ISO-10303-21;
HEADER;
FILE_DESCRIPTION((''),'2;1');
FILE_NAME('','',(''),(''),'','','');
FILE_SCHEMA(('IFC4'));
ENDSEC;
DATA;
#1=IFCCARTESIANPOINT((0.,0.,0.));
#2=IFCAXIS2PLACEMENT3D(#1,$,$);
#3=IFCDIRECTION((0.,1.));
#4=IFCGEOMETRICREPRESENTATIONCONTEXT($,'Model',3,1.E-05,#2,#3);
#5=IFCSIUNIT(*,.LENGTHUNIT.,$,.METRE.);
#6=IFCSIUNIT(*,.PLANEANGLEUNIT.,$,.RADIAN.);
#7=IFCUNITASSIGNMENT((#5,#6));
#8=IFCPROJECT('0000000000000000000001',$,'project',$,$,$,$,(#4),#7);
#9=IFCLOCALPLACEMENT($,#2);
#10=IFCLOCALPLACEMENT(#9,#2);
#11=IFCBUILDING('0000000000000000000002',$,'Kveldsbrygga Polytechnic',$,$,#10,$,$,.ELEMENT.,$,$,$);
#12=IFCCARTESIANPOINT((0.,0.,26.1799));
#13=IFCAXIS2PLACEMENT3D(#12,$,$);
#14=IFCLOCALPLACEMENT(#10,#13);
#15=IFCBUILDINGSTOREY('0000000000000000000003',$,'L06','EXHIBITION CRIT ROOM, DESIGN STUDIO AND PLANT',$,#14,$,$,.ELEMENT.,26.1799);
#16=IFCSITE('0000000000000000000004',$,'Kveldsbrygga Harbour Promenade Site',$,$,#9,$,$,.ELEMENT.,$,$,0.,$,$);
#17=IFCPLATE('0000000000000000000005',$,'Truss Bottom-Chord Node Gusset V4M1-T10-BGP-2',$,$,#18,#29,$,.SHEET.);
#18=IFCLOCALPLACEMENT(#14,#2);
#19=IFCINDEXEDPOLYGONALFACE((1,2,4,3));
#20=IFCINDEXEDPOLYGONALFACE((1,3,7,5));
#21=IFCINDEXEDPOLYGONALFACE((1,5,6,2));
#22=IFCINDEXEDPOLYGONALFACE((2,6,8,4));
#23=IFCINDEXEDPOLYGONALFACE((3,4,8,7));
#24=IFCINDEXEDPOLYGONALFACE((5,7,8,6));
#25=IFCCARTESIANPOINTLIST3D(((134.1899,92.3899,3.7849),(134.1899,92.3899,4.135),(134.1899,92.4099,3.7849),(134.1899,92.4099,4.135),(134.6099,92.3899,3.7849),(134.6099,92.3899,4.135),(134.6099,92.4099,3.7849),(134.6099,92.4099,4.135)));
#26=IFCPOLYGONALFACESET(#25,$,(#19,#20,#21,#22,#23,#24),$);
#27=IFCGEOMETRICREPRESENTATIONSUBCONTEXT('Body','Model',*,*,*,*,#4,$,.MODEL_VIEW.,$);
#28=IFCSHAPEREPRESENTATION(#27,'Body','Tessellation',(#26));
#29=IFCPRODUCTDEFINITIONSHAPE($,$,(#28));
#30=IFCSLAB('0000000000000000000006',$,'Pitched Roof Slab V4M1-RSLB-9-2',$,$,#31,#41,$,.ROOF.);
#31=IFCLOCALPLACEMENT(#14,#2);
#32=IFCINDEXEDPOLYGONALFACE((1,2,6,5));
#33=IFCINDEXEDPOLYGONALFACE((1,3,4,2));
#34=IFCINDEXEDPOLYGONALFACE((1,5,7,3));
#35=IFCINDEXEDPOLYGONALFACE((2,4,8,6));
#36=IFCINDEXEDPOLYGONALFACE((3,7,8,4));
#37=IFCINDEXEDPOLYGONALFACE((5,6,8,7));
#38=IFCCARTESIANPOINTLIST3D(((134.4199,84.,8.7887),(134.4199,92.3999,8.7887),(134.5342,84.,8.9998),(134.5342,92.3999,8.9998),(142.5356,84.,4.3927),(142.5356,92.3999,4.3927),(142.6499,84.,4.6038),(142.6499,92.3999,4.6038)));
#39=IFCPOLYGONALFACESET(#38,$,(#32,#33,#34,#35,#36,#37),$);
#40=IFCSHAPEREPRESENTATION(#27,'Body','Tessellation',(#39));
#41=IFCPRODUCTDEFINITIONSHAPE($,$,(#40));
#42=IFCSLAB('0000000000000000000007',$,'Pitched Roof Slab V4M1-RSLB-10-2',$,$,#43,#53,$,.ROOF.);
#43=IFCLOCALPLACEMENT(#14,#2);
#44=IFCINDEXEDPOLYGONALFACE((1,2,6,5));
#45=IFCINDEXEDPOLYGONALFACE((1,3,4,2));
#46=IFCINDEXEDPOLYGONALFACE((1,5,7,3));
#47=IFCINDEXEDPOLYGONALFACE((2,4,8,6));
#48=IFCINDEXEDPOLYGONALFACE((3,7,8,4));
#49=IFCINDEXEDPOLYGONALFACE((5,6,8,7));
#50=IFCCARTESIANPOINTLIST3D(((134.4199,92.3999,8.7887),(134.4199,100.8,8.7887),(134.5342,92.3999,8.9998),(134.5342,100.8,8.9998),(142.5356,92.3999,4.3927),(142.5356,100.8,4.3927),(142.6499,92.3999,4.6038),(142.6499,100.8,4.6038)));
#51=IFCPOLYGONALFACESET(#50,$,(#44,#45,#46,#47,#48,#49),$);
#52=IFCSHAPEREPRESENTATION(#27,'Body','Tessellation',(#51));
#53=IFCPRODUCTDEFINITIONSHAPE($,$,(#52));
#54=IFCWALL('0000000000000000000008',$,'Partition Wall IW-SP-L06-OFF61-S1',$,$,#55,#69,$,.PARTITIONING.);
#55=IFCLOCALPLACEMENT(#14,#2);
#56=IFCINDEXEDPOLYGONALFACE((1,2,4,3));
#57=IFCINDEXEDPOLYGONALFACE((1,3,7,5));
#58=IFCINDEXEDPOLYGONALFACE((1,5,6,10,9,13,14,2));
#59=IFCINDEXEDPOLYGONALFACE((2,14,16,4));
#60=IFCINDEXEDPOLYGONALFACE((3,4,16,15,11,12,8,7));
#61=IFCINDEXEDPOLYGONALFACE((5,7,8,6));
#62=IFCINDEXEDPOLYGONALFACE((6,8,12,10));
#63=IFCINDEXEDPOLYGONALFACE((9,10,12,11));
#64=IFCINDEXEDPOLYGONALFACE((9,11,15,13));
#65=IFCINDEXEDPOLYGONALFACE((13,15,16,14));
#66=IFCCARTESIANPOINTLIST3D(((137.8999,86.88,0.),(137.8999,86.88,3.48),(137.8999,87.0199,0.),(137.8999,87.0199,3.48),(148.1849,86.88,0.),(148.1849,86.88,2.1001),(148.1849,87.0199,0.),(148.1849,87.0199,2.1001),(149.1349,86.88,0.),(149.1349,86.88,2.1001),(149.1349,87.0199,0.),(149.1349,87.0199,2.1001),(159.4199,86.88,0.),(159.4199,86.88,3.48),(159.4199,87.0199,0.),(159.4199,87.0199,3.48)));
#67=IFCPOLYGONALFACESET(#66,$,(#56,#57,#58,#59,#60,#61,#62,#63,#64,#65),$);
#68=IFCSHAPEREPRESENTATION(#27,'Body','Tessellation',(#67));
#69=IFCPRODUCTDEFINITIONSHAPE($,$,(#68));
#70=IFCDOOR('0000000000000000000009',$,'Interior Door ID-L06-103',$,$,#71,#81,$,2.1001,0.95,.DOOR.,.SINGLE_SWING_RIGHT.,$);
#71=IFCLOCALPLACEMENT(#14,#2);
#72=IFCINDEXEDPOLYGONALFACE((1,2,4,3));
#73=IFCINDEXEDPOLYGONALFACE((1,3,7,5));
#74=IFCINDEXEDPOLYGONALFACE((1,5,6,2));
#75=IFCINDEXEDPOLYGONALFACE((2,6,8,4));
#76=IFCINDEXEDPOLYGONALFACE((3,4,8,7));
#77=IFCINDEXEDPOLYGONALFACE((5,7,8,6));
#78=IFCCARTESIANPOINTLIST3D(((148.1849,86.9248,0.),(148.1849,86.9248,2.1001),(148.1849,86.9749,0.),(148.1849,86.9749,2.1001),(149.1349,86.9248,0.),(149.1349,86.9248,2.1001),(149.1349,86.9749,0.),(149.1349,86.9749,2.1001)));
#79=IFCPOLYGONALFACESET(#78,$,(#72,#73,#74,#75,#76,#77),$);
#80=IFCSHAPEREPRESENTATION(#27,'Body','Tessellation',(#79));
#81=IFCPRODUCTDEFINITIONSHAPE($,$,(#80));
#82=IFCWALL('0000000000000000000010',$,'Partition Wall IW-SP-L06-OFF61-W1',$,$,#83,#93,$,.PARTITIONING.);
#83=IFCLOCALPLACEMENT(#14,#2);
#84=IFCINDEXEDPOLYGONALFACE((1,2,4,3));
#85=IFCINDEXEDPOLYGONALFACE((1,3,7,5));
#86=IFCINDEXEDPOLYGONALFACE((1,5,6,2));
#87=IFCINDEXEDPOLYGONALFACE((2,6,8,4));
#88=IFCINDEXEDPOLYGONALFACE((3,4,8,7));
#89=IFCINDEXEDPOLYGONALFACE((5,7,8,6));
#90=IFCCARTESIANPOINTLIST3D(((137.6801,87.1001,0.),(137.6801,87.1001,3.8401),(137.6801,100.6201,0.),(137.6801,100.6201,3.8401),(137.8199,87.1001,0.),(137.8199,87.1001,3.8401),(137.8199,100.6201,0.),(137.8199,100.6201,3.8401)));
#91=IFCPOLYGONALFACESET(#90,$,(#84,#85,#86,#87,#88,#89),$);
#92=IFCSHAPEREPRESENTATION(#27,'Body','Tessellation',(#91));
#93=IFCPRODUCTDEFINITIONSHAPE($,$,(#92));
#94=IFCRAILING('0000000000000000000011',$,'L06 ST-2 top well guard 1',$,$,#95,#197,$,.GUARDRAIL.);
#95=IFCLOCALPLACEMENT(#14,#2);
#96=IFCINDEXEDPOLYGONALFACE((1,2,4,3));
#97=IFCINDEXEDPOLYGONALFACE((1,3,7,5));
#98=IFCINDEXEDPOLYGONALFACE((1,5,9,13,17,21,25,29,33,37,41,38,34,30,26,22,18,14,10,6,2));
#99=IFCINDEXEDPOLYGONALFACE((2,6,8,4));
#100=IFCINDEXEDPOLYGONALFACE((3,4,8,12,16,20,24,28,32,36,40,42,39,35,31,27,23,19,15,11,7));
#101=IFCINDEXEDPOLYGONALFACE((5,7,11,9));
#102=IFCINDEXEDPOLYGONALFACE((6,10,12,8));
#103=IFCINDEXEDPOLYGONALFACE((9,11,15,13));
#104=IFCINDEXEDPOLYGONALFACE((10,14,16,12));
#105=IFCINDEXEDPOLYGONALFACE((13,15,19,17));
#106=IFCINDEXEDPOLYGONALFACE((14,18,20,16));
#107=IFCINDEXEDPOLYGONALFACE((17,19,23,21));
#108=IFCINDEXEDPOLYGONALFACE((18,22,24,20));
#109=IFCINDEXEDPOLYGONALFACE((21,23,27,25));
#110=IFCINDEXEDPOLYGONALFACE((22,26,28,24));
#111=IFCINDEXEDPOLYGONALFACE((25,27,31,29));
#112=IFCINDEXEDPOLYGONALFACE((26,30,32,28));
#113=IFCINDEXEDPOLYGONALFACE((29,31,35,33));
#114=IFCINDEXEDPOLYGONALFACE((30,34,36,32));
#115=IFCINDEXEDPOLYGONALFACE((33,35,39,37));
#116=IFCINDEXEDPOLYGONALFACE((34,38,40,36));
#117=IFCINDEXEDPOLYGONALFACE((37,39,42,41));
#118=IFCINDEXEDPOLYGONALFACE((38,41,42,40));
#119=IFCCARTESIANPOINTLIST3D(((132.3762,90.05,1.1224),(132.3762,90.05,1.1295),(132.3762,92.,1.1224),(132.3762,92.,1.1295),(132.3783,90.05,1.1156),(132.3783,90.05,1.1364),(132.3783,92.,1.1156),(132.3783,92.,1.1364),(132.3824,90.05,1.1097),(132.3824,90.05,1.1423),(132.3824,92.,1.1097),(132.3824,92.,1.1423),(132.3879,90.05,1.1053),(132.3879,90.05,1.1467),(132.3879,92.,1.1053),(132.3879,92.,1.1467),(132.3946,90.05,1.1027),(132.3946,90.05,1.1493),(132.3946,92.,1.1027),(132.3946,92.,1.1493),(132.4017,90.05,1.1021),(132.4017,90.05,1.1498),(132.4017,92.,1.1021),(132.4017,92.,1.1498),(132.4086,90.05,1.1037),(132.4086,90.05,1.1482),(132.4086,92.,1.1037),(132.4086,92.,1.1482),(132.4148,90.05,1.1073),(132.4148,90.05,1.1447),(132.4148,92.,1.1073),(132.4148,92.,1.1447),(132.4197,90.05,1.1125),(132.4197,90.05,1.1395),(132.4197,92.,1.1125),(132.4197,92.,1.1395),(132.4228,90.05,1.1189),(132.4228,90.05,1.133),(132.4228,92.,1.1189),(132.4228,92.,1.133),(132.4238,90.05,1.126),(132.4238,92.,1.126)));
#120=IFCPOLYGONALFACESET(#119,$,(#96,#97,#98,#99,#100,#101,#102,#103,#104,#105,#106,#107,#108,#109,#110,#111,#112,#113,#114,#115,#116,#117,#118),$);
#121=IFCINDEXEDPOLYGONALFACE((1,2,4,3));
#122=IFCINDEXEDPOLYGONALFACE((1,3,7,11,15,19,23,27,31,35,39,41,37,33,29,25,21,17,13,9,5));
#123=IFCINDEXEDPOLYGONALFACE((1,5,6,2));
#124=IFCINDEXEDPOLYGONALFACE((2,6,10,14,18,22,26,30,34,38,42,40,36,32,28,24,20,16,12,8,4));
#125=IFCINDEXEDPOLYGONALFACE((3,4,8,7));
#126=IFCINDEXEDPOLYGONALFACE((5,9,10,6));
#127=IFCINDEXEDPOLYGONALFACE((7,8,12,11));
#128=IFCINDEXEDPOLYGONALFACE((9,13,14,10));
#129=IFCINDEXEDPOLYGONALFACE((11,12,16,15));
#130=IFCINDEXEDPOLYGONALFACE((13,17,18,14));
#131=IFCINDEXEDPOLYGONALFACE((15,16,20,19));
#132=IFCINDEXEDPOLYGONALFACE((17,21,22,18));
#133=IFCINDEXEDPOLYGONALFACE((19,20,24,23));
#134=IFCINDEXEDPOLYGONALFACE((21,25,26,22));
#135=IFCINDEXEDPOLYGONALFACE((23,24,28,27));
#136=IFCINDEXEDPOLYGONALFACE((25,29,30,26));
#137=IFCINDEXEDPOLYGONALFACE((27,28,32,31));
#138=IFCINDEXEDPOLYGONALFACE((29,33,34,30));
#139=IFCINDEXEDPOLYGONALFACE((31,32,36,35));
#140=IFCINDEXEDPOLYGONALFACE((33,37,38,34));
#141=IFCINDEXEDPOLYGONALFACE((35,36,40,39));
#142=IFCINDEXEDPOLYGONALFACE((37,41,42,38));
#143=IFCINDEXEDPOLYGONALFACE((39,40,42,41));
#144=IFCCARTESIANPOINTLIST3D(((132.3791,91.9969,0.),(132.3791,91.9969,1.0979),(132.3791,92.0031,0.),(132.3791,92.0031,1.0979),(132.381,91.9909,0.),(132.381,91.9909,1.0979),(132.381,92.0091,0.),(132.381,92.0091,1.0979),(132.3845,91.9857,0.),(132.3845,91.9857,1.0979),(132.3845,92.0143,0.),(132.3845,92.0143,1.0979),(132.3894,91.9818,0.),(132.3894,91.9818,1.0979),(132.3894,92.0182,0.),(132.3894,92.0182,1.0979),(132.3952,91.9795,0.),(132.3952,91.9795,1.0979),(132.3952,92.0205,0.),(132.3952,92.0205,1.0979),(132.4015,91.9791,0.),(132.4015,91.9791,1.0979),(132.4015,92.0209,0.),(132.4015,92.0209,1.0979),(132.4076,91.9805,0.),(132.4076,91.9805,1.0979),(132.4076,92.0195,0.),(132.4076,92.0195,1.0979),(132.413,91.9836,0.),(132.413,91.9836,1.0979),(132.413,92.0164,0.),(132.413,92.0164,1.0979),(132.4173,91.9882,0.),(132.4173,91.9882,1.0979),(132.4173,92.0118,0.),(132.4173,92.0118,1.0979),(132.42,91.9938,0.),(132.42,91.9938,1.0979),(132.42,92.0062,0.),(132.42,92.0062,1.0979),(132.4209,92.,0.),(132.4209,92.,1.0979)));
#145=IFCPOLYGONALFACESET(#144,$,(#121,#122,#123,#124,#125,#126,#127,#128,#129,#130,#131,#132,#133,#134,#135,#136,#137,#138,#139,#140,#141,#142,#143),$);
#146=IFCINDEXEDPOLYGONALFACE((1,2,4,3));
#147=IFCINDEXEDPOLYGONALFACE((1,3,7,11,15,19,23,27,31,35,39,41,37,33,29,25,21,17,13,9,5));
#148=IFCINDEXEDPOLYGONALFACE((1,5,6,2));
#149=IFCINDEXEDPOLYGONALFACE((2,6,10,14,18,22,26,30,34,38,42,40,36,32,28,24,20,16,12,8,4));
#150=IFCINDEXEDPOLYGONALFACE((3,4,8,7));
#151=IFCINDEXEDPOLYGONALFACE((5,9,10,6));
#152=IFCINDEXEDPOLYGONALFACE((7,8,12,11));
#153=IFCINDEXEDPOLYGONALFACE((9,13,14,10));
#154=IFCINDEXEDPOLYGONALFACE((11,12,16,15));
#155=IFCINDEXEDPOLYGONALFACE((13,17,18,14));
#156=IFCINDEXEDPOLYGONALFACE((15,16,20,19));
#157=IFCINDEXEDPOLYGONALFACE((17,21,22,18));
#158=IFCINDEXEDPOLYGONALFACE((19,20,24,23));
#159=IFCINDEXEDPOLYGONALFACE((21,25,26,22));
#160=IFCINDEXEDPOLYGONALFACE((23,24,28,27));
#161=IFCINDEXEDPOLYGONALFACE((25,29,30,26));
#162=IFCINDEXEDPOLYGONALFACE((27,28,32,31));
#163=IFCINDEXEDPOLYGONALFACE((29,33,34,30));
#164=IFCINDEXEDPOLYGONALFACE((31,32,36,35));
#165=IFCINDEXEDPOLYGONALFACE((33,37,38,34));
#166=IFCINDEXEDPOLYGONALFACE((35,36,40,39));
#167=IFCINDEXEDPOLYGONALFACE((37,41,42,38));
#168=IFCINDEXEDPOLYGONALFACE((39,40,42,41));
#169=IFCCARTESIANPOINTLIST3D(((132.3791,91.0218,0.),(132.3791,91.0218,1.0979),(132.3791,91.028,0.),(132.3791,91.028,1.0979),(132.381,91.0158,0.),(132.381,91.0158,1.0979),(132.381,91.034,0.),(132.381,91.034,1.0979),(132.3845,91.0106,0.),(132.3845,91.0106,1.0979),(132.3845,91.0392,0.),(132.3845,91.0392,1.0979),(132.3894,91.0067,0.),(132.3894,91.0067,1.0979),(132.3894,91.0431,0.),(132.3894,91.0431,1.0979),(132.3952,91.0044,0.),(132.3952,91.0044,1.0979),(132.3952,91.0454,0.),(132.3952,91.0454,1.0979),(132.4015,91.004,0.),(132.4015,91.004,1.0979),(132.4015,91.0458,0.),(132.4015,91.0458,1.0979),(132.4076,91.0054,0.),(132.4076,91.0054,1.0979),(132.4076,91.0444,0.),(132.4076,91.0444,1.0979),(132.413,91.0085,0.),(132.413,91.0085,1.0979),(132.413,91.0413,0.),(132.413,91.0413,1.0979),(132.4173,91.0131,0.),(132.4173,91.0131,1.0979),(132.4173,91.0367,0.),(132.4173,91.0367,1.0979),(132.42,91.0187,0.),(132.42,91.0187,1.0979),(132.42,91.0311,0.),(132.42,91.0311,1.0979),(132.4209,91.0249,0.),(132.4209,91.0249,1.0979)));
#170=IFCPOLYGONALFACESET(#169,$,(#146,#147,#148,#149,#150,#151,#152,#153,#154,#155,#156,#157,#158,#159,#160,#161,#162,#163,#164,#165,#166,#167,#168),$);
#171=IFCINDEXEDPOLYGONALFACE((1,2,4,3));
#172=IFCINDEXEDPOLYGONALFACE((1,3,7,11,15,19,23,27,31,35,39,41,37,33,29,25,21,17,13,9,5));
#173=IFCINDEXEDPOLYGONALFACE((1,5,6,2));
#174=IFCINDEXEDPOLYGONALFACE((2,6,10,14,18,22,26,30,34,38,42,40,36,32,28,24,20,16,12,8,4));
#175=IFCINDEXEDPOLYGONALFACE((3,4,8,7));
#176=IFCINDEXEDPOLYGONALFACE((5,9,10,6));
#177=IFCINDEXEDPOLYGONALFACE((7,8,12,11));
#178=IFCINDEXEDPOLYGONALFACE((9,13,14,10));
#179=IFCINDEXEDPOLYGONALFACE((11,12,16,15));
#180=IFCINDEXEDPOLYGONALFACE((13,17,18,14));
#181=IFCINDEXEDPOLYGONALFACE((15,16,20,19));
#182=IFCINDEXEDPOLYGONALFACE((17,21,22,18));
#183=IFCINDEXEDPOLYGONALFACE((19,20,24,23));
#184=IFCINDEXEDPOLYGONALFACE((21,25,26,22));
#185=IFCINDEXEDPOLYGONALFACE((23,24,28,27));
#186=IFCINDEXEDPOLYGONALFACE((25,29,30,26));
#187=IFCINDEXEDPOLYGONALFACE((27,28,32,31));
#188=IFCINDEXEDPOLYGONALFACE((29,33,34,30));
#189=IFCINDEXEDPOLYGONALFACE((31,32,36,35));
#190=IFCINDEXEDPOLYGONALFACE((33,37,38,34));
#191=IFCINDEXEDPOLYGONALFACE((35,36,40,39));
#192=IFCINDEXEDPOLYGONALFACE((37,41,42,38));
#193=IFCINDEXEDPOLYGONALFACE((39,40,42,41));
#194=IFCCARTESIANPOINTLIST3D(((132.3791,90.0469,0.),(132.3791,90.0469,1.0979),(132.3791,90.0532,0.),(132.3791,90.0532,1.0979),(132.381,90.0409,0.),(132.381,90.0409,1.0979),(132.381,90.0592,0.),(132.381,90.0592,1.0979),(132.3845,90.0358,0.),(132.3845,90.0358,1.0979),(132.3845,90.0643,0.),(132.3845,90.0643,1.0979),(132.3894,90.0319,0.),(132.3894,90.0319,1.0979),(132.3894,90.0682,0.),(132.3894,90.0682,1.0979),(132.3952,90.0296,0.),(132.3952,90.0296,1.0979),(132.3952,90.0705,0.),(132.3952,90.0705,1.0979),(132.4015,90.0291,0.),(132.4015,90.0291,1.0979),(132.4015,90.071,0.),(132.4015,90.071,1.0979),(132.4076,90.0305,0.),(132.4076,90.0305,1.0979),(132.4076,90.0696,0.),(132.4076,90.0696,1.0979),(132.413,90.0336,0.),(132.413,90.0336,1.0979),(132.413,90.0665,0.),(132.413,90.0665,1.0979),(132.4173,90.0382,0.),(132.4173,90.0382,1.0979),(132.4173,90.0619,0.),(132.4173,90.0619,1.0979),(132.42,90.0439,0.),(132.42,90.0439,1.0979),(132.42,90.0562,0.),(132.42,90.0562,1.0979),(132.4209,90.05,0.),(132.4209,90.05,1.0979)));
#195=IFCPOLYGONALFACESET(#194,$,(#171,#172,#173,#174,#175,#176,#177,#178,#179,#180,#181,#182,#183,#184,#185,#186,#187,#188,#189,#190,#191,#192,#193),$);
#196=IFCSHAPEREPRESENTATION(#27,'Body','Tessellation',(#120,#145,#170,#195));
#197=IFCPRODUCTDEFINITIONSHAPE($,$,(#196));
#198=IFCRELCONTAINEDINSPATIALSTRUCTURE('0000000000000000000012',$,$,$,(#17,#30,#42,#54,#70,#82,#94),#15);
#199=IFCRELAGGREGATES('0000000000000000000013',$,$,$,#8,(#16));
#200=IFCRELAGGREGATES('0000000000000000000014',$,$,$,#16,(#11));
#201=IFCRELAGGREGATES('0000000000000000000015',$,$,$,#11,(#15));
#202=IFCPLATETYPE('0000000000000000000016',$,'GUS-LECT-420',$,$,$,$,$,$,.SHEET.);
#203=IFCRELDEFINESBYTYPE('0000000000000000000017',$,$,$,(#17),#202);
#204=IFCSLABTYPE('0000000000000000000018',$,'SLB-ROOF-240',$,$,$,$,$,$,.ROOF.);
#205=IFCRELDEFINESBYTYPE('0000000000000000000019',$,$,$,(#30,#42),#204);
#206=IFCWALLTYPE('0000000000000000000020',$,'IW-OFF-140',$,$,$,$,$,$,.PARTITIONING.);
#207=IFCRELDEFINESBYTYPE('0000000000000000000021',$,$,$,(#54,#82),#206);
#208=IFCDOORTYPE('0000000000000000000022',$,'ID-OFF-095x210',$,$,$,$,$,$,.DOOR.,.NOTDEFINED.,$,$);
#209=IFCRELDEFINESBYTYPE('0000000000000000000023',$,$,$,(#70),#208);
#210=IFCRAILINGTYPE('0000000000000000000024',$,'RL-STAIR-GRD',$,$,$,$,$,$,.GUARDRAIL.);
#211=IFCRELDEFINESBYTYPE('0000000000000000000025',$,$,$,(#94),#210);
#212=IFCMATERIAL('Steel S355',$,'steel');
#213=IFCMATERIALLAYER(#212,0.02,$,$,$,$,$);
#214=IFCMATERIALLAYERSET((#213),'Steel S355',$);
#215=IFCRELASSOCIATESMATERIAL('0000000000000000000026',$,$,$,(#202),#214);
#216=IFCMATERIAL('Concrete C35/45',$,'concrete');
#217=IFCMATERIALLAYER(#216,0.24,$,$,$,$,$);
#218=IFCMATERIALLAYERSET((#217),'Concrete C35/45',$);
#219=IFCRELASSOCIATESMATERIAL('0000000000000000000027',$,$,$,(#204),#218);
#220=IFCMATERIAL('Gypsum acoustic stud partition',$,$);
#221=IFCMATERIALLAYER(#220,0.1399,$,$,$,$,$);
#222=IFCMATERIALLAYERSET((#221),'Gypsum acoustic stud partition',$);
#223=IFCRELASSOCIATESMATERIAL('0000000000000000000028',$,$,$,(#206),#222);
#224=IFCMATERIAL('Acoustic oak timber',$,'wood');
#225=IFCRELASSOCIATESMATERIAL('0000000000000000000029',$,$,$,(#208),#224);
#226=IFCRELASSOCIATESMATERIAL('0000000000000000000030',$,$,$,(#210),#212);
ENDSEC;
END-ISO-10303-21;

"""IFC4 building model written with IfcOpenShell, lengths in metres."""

from ifc_helpers import new_model, si_unit, direction, frame, frame_2d, origin, origin_2d, place, context, subcontext, project, spatial, polyline, rectangle, circle, outline, extrude, material, layer, layer_set, type_object, element, fill, save


model = new_model("IFC4")

# Units and contexts
model_context = context("Model", 3, precision=1e-05, world=origin(), true_north=direction((0.0, 1.0)))
body_context = subcontext(model_context, "Body", "Model", "MODEL_VIEW")
ifc_project = project(units=[si_unit("LENGTHUNIT", "METRE"), si_unit("PLANEANGLEUNIT", "RADIAN")], contexts=[model_context])

# Site, building, storey
site_placement = place(None, origin())
site = spatial("IfcSite", under=ifc_project, at=site_placement, Name="Kveldsbrygga Harbour Promenade Site", CompositionType="ELEMENT", RefElevation=0.0)
building_placement = place(site_placement, origin())
building = spatial("IfcBuilding", under=site, at=building_placement, Name="Kveldsbrygga Polytechnic", CompositionType="ELEMENT")
storey_placement = place(building_placement, frame((0.0, 0.0, 26.1799)))
storey = spatial("IfcBuildingStorey", under=building, at=storey_placement, Name="L06", Description="EXHIBITION CRIT ROOM, DESIGN STUDIO AND PLANT", CompositionType="ELEMENT", Elevation=26.1799)

# Shared definitions
ifc_material_1 = material(Name="Steel S355", Category="steel")

# Plate
ifc_layer_1 = layer(ifc_material_1, 0.02)
ifc_layer_set_1 = layer_set([ifc_layer_1], Name="Steel S355")
plate_type_1 = type_object("IfcPlateType", Name="GUS-LECT-420", PredefinedType="SHEET", material=ifc_layer_set_1)
for number, where, z_axis, x_axis, name in (
    (1, (134.3999, 92.3999, 3.7849), (0.0, 0.0, 1.0), (1.0, 0.0, 0.0), "Truss Bottom-Chord Node Gusset V4M1-T10-BGP-2"),
):
    element("IfcPlate", number, at=place(storey_placement, frame(where, z_axis=z_axis, x_axis=x_axis)), inside=storey, type_object=plate_type_1, Name=name, PredefinedType="SHEET", context=body_context, shape_type="SweptSolid", body=[
        extrude(rectangle(XDim=0.4199, YDim=0.02, at=origin_2d()), origin(), (0.0, 0.0, 1.0), 0.3501),
    ])

# Slabs
ifc_material_2 = material(Name="Concrete C35/45", Category="concrete")
ifc_layer_2 = layer(ifc_material_2, 0.24)
ifc_layer_set_2 = layer_set([ifc_layer_2], Name="Concrete C35/45")
slab_type = type_object("IfcSlabType", Name="SLB-ROOF-240", PredefinedType="ROOF", material=ifc_layer_set_2)
slab_1_placement = place(storey_placement, frame((134.5342, 84.0, 8.9998), z_axis=(0.476281, 0.0, 0.879293), x_axis=(0.879293, 0.0, -0.476281)))
element("IfcSlab", 2, at=slab_1_placement, inside=storey, type_object=slab_type, Name="Pitched Roof Slab V4M1-RSLB-9-2", PredefinedType="ROOF", context=body_context, shape_type="SweptSolid", body=[
    extrude(outline(polyline([(0.0, 0.0), (9.2298, 0.0), (9.2298, 8.3999), (0.0, 8.3999), (0.0, 0.0)])), origin(), (0.0, 0.0, -1.0), 0.24),
])
slab_2_placement = place(storey_placement, frame((134.5342, 92.3999, 8.9998), z_axis=(0.476281, 0.0, 0.879293), x_axis=(0.879293, 0.0, -0.476281)))
element("IfcSlab", 3, at=slab_2_placement, inside=storey, type_object=slab_type, Name="Pitched Roof Slab V4M1-RSLB-10-2", PredefinedType="ROOF", context=body_context, shape_type="SweptSolid", body=[
    extrude(outline(polyline([(0.0, 0.0), (9.2298, 0.0), (9.2298, 8.4001), (0.0, 8.4001), (0.0, 0.0)])), origin(), (0.0, 0.0, -1.0), 0.24),
])

# Wall, opening, door
ifc_material_3 = material(Name="Gypsum acoustic stud partition")
ifc_layer_3 = layer(ifc_material_3, 0.1399)
ifc_layer_set_3 = layer_set([ifc_layer_3], Name="Gypsum acoustic stud partition")
wall_type_1 = type_object("IfcWallType", Name="IW-OFF-140", PredefinedType="PARTITIONING", material=ifc_layer_set_3)
wall_1_placement = place(storey_placement, frame((137.8999, 86.95, 0.0), z_axis=(0.0, 0.0, 1.0), x_axis=(1.0, 0.0, 0.0)))
wall_1 = element("IfcWall", 4, at=wall_1_placement, inside=storey, type_object=wall_type_1, Name="Partition Wall IW-SP-L06-OFF61-S1", PredefinedType="PARTITIONING", context=body_context, shape_type="SweptSolid", body=[
    extrude(rectangle(XDim=21.52, YDim=0.1399, at=frame_2d((10.76, 0.0))), origin(), (0.0, 0.0, 1.0), 3.48),
])
opening_1_placement = place(wall_1_placement, frame((10.2849, 0.0, 0.0)))
opening_1 = element("IfcOpeningElement", 5, at=opening_1_placement, cuts=wall_1, PredefinedType="OPENING", context=body_context, shape_type="SweptSolid", body=[
    extrude(rectangle(XDim=0.95, YDim=2.1001, at=frame_2d((0.4751, 1.05))), frame((0.0, 0.0801, 0.0), z_axis=(0.0, -1.0, 0.0), x_axis=(1.0, 0.0, 0.0)), (0.0, 0.0, 1.0), 0.1599),
])
ifc_material_4 = material(Name="Acoustic oak timber", Category="wood")
door_type_1 = type_object("IfcDoorType", Name="ID-OFF-095x210", OperationType="NOTDEFINED", PredefinedType="DOOR", material=ifc_material_4)
door_1_placement = place(opening_1_placement, origin())
door_1 = element("IfcDoor", 6, at=door_1_placement, inside=storey, type_object=door_type_1, Name="Interior Door ID-L06-103", OperationType="SINGLE_SWING_RIGHT", OverallHeight=2.1001, OverallWidth=0.95, PredefinedType="DOOR", context=body_context, shape_type="SweptSolid", body=[
    extrude(rectangle(XDim=0.95, YDim=2.1001, at=frame_2d((0.4751, 1.05))), frame((0.0, 0.0249, 0.0), z_axis=(0.0, -1.0, 0.0), x_axis=(1.0, 0.0, 0.0)), (0.0, 0.0, 1.0), 0.05),
])
fill(opening_1, door_1)

# Wall
wall_2_placement = place(storey_placement, frame((137.75, 87.1001, 0.0), z_axis=(0.0, 0.0, 1.0), x_axis=(0.0, 1.0, 0.0)))
element("IfcWall", 7, at=wall_2_placement, inside=storey, type_object=wall_type_1, Name="Partition Wall IW-SP-L06-OFF61-W1", PredefinedType="PARTITIONING", context=body_context, shape_type="SweptSolid", body=[
    extrude(rectangle(XDim=13.52, YDim=0.1399, at=frame_2d((6.76, 0.0))), origin(), (0.0, 0.0, 1.0), 3.8401),
])

# Railing
railing_type = type_object("IfcRailingType", Name="RL-STAIR-GRD", PredefinedType="GUARDRAIL", material=ifc_material_1)
railing_placement = place(storey_placement, frame((132.3999, 92.0, 0.0)))
element("IfcRailing", 8, at=railing_placement, inside=storey, type_object=railing_type, Name="L06 ST-2 top well guard 1", PredefinedType="GUARDRAIL", context=body_context, shape_type="SweptSolid", body=[
    extrude(circle(Radius=0.0239, at=origin_2d()), frame((0.0, 0.0, 1.126), z_axis=(0.0, -1.0, 0.0), x_axis=(1.0, 0.0, 0.0)), (0.0, 0.0, 1.0), 1.95),
    extrude(circle(Radius=0.021, at=origin_2d()), origin(), (0.0, 0.0, 1.0), 1.0979),
    extrude(circle(Radius=0.021, at=origin_2d()), frame((0.0, -0.9751, 0.0)), (0.0, 0.0, 1.0), 1.0979),
    extrude(circle(Radius=0.021, at=origin_2d()), frame((0.0, -1.95, 0.0)), (0.0, 0.0, 1.0), 1.0979),
])

save(model, "model.ifc")
